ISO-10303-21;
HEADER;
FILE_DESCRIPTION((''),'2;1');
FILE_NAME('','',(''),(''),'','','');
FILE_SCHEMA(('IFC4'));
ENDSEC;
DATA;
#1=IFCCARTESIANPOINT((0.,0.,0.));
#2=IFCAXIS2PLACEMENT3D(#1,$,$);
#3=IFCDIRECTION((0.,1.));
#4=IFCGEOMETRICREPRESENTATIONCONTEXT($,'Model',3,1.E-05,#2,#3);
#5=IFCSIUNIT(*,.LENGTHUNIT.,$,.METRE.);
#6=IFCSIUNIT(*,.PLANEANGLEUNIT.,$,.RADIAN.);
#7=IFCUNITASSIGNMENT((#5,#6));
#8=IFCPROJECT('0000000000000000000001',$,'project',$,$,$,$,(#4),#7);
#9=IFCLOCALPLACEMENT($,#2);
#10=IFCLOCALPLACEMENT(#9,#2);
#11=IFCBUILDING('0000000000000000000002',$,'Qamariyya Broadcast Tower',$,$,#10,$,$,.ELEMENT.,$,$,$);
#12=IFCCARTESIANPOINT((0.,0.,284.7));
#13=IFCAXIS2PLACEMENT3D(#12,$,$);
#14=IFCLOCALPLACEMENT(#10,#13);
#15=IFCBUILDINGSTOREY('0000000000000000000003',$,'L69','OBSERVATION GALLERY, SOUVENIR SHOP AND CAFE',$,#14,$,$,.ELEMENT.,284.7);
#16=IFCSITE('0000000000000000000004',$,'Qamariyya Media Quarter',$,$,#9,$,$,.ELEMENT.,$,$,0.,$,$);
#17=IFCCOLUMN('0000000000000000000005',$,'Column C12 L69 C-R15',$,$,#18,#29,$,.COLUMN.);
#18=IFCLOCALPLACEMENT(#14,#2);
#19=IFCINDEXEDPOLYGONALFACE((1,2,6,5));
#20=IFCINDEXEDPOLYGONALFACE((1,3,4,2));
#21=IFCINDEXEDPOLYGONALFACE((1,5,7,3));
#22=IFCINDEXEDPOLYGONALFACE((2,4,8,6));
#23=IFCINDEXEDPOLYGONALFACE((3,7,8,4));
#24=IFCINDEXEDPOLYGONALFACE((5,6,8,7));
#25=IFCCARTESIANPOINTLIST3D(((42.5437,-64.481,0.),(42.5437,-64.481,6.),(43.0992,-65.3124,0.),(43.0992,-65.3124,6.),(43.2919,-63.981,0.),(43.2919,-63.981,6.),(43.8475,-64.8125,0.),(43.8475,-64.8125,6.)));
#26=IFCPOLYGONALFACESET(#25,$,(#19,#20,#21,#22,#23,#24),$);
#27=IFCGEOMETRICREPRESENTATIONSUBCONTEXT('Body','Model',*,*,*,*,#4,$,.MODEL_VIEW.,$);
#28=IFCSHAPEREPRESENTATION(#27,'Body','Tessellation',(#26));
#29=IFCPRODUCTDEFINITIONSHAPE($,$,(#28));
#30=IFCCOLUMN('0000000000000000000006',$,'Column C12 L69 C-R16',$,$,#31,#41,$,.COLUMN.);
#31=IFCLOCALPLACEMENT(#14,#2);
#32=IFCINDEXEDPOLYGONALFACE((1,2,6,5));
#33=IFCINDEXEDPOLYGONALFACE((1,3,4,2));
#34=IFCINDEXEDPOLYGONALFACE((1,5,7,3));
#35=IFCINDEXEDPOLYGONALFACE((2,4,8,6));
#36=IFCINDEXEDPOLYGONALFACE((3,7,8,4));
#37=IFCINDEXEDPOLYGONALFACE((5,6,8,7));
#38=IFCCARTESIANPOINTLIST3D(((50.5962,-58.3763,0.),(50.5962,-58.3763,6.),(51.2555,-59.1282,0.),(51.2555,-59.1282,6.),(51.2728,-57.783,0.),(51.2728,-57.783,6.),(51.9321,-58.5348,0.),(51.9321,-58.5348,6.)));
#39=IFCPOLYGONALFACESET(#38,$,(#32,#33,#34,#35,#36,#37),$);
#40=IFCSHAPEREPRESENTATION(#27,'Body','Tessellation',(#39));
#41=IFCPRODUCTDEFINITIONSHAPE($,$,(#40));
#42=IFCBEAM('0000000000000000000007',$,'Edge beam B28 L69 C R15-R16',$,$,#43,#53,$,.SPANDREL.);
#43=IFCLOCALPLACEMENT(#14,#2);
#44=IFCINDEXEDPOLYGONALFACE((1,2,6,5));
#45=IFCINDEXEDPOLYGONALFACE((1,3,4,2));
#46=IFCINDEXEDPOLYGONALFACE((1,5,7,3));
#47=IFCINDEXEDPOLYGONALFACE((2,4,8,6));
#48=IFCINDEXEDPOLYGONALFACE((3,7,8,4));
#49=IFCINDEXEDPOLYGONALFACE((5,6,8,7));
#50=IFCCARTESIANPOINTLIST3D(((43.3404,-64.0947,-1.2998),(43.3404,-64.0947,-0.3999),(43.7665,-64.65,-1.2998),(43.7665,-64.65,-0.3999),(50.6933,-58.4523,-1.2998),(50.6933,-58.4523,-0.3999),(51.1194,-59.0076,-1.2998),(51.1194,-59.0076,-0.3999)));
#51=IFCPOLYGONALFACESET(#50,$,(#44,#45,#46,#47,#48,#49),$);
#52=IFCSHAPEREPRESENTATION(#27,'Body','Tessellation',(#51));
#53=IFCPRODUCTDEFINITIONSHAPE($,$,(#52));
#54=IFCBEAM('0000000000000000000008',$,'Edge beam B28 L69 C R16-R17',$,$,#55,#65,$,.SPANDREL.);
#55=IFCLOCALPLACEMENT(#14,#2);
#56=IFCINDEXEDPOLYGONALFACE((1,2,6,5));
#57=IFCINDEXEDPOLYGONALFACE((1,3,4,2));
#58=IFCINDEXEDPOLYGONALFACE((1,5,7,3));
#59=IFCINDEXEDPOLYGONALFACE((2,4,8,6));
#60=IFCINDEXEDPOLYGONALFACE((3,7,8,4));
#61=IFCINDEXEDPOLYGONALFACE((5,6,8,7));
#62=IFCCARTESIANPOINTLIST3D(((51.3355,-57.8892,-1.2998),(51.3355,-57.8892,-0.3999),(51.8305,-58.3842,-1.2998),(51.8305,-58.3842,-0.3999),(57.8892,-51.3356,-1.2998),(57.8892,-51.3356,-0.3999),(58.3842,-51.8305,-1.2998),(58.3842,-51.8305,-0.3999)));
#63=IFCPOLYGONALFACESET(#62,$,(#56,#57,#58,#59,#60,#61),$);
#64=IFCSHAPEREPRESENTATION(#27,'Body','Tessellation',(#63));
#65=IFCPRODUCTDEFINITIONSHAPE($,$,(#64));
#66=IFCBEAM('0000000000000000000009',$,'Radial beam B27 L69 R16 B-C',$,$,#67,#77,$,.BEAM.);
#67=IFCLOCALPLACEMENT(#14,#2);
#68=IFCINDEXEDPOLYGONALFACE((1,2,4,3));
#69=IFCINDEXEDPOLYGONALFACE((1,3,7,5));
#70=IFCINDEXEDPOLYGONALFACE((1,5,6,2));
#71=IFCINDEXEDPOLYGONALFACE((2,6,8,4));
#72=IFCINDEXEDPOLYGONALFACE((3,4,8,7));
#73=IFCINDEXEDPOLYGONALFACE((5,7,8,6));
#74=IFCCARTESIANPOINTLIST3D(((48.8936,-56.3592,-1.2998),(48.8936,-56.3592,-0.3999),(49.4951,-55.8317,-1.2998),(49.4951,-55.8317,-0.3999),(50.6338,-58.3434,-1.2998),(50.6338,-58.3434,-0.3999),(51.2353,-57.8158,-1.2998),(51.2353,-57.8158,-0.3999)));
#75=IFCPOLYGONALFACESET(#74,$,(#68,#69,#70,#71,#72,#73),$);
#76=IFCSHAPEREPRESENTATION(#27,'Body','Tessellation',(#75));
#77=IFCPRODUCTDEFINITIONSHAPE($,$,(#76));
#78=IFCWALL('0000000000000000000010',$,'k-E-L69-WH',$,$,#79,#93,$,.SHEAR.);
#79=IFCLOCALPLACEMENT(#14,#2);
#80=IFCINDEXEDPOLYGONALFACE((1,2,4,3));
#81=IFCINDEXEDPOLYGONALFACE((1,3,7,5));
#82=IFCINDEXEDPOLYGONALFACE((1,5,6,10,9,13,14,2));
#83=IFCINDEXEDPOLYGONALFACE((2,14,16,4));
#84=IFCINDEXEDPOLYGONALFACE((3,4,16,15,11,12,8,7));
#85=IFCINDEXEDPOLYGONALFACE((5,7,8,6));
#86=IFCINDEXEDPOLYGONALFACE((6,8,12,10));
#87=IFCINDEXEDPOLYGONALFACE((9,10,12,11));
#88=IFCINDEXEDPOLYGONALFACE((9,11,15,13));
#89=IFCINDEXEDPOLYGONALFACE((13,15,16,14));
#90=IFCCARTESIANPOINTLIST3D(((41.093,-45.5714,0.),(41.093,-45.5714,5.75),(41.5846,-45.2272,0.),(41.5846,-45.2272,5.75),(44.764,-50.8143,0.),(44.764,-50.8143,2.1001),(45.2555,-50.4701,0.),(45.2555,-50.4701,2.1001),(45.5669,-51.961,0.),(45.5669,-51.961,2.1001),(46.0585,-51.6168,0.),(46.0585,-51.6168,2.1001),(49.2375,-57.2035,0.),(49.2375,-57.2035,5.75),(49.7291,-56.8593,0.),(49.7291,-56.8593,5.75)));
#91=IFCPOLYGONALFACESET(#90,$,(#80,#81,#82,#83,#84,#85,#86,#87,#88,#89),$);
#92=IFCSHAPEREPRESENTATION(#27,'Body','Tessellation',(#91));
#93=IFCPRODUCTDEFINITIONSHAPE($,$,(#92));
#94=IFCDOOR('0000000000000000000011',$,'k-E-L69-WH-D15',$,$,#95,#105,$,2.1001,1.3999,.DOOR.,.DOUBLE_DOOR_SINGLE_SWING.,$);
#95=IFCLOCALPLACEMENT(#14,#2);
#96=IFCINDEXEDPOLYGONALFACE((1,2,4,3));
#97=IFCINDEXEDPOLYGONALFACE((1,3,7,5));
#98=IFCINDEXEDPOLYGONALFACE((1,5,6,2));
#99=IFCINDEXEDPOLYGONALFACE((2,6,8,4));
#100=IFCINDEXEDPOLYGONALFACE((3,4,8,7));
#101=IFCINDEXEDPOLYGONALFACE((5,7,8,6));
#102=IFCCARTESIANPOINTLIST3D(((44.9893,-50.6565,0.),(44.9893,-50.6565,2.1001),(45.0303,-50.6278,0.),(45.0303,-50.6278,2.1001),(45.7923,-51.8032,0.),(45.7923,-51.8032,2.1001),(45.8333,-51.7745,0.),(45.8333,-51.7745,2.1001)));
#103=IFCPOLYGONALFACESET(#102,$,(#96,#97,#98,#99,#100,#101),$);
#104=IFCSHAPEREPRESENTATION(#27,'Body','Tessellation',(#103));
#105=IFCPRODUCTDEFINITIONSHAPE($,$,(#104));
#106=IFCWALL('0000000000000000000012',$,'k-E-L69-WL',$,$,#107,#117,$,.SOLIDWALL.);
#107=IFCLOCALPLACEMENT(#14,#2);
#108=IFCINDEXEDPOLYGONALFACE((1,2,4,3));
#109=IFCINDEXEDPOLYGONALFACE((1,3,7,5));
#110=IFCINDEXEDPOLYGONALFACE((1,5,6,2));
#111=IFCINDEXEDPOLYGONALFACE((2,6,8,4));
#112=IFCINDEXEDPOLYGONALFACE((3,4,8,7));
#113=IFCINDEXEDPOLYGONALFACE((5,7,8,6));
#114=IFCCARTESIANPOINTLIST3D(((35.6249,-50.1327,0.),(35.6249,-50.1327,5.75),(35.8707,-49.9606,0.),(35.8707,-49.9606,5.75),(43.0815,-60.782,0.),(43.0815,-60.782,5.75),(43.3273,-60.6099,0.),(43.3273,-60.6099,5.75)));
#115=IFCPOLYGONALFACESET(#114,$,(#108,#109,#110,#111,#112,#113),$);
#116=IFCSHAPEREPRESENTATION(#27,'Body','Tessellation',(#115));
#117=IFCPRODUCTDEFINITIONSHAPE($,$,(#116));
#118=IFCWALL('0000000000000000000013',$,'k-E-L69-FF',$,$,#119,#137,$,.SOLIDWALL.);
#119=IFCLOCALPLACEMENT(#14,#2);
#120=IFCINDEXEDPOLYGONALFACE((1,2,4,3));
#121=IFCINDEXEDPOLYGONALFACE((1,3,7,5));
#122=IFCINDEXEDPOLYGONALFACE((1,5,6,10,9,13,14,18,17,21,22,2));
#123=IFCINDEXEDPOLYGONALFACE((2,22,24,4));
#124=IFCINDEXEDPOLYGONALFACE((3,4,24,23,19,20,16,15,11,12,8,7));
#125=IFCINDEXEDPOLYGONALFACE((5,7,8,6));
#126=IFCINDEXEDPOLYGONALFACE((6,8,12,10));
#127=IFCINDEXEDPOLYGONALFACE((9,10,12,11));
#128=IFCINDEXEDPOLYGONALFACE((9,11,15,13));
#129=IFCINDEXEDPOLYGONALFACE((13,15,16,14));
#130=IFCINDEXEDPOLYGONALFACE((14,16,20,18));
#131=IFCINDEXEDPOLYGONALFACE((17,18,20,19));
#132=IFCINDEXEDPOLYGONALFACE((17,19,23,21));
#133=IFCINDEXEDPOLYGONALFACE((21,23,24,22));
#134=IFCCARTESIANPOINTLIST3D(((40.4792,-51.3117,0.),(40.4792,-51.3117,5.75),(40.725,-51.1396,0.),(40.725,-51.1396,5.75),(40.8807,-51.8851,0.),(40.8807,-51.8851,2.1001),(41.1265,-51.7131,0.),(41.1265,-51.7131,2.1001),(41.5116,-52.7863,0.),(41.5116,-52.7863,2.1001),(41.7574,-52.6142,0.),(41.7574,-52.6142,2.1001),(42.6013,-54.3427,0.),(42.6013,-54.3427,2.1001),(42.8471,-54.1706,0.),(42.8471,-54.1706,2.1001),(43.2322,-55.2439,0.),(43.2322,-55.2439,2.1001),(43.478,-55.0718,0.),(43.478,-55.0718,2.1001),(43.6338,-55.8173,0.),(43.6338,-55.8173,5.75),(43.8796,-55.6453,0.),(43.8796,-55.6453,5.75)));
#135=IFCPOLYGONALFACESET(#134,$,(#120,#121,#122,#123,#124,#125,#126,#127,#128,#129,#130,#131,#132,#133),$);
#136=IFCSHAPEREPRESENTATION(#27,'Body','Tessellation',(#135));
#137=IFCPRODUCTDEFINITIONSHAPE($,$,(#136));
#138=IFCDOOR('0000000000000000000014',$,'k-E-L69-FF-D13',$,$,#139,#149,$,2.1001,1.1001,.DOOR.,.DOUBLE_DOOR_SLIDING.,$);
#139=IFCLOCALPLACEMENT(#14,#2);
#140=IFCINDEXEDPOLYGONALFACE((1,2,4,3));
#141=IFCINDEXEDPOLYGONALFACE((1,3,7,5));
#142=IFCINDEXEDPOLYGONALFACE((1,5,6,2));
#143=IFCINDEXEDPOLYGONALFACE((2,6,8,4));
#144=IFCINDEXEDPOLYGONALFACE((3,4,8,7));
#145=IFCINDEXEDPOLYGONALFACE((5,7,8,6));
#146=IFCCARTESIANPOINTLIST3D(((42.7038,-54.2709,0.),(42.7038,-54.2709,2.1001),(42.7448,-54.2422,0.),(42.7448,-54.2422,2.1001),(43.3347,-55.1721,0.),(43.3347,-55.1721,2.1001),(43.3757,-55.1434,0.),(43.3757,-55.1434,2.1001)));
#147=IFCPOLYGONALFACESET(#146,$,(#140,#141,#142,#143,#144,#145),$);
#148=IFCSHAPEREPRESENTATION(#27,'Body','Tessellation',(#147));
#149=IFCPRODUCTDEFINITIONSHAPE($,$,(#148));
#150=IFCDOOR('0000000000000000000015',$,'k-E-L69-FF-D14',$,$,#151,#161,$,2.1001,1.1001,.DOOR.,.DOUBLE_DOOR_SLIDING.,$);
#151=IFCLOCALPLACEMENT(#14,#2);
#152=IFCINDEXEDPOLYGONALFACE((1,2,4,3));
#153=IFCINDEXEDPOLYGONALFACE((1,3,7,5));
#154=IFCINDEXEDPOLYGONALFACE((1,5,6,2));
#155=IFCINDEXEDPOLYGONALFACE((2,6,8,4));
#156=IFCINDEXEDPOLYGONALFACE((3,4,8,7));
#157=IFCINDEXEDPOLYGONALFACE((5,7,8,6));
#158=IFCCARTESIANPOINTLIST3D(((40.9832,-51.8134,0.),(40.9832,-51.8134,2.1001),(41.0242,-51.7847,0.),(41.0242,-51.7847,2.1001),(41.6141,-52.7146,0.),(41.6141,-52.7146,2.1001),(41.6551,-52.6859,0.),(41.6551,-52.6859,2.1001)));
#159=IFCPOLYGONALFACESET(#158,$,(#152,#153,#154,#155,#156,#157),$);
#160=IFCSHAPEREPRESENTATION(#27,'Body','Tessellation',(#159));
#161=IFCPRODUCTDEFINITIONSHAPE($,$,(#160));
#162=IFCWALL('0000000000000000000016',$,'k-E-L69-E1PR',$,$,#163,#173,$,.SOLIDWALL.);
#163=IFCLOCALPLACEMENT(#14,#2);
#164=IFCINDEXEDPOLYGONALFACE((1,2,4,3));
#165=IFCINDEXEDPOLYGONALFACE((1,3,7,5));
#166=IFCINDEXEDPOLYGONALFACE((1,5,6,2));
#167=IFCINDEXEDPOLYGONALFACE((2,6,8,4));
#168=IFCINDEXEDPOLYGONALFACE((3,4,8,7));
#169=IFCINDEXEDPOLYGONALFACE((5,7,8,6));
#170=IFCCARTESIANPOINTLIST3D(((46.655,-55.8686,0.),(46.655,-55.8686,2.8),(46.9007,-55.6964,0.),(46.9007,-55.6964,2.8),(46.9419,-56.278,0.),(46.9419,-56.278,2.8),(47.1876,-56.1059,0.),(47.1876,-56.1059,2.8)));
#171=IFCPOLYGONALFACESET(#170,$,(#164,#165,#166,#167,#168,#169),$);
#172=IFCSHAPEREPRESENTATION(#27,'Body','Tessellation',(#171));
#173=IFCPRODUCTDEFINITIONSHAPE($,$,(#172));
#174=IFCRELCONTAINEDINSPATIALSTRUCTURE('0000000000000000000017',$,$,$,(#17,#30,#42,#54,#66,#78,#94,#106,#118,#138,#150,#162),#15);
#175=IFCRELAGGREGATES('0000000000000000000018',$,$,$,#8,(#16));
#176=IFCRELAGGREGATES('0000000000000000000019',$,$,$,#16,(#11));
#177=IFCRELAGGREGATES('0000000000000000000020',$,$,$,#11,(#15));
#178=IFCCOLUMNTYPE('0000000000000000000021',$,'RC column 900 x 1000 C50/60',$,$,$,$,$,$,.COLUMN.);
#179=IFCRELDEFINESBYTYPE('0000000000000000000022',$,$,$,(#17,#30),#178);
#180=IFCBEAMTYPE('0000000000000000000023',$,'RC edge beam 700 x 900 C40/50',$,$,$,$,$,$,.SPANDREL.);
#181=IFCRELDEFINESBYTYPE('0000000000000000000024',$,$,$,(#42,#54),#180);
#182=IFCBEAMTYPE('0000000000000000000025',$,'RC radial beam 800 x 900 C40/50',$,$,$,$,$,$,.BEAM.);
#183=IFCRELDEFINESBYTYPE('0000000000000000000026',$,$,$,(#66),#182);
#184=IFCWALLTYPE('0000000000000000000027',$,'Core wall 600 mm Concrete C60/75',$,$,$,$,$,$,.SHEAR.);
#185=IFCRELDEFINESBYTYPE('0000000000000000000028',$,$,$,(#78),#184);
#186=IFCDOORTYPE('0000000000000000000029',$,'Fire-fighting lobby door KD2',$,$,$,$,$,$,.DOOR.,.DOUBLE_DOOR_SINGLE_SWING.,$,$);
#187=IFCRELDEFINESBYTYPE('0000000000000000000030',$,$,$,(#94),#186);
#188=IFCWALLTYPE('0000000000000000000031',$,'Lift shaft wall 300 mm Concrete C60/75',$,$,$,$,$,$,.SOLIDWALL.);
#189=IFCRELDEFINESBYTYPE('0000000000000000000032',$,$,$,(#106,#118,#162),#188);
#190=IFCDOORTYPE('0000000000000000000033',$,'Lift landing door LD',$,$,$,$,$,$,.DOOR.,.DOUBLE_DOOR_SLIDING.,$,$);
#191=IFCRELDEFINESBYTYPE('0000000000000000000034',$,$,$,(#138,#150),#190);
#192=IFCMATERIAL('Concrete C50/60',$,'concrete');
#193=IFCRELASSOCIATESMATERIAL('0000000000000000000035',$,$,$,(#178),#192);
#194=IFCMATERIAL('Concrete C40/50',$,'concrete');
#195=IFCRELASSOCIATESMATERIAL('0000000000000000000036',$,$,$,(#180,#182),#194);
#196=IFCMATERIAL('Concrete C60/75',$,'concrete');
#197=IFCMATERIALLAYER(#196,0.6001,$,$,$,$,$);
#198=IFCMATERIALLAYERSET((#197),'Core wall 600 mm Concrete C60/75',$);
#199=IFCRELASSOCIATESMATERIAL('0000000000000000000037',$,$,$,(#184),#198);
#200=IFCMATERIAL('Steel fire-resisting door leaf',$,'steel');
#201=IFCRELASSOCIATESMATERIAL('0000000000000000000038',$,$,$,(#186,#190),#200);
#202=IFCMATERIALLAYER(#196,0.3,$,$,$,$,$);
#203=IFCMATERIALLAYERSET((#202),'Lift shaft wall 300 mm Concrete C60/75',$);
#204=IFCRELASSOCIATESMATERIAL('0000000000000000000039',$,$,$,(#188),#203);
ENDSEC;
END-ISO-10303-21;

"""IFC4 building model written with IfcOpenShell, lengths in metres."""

from ifc_helpers import new_model, si_unit, direction, frame, frame_2d, origin, origin_2d, place, context, subcontext, project, spatial, rectangle, extrude, material, layer, layer_set, material_profile, profile_set, type_object, element, fill, save


model = new_model("IFC4")

# Units and contexts
model_context = context("Model", 3, precision=1e-05, world=origin(), true_north=direction((0.0, 1.0)))
body_context = subcontext(model_context, "Body", "Model", "MODEL_VIEW")
ifc_project = project(units=[si_unit("LENGTHUNIT", "METRE"), si_unit("PLANEANGLEUNIT", "RADIAN")], contexts=[model_context])

# Site, building, storey
site_placement = place(None, origin())
site = spatial("IfcSite", under=ifc_project, at=site_placement, Name="Qamariyya Media Quarter", CompositionType="ELEMENT", RefElevation=0.0)
building_placement = place(site_placement, origin())
building = spatial("IfcBuilding", under=site, at=building_placement, Name="Qamariyya Broadcast Tower", CompositionType="ELEMENT")
storey_placement = place(building_placement, frame((0.0, 0.0, 284.7)))
storey = spatial("IfcBuildingStorey", under=building, at=storey_placement, Name="L69", Description="OBSERVATION GALLERY, SOUVENIR SHOP AND CAFE", CompositionType="ELEMENT", Elevation=284.7)

# Columns
ifc_material_1 = material(Name="Concrete C50/60", Category="concrete")
ifc_material_profile_1 = material_profile(ifc_material_1, rectangle(XDim=0.8999, YDim=1.0, at=origin_2d()))
ifc_profile_set_1 = profile_set([ifc_material_profile_1], Name="Concrete C50/60")
column_type = type_object("IfcColumnType", Name="RC column 900 x 1000 C50/60", PredefinedType="COLUMN", material=ifc_profile_set_1)
for number, where, z_axis, x_axis, name in (
    (1, (43.1956, -64.6467, 0.0), (0.0, 0.0, 1.0), (0.83147, 0.55557, 0.0), "Column C12 L69 C-R15"),
    (2, (51.2642, -58.4556, 0.0), (0.0, 0.0, 1.0), (0.75184, 0.659346, 0.0), "Column C12 L69 C-R16"),
):
    element("IfcColumn", number, at=place(storey_placement, frame(where, z_axis=z_axis, x_axis=x_axis)), inside=storey, type_object=column_type, Name=name, PredefinedType="COLUMN", context=body_context, shape_type="SweptSolid", body=[
        extrude(rectangle(XDim=0.8999, YDim=1.0, at=origin_2d()), origin(), (0.0, 0.0, 1.0), 6.0),
    ])

# Beams
ifc_material_2 = material(Name="Concrete C40/50", Category="concrete")
ifc_material_profile_2 = material_profile(ifc_material_2, rectangle(XDim=0.7, YDim=0.8999, at=origin_2d()))
ifc_profile_set_2 = profile_set([ifc_material_profile_2], Name="Concrete C40/50")
beam_type_1 = type_object("IfcBeamType", Name="RC edge beam 700 x 900 C40/50", PredefinedType="SPANDREL", material=ifc_profile_set_2)
for number, where, z_axis, x_axis, name in (
    (3, (43.5535, -64.3723, -0.8499), (0.793335, 0.608785, 0.0), (-0.608785, 0.793335, 0.0), "Edge beam B28 L69 C R15-R16"),
    (4, (51.583, -58.1367, -0.8499), (0.707107, 0.707107, 0.0), (-0.707107, 0.707107, 0.0), "Edge beam B28 L69 C R16-R17"),
):
    element("IfcBeam", number, at=place(storey_placement, frame(where, z_axis=z_axis, x_axis=x_axis)), inside=storey, type_object=beam_type_1, Name=name, PredefinedType="SPANDREL", context=body_context, shape_type="SweptSolid", body=[
        extrude(rectangle(XDim=0.7, YDim=0.8999, at=origin_2d()), origin(), (0.0, 0.0, 1.0), 9.2683),
    ])
ifc_material_profile_3 = material_profile(ifc_material_2, rectangle(XDim=0.8, YDim=0.8999, at=origin_2d()))
ifc_profile_set_3 = profile_set([ifc_material_profile_3], Name="Concrete C40/50")
beam_type_2 = type_object("IfcBeamType", Name="RC radial beam 800 x 900 C40/50", PredefinedType="BEAM", material=ifc_profile_set_3)
beam_placement = place(storey_placement, frame((49.1943, -56.0955, -0.8499), z_axis=(0.659388, -0.751803, 0.0), x_axis=(0.751803, 0.659388, 0.0)))
element("IfcBeam", 5, at=beam_placement, inside=storey, type_object=beam_type_2, Name="Radial beam B27 L69 R16 B-C", PredefinedType="BEAM", context=body_context, shape_type="SweptSolid", body=[
    extrude(rectangle(XDim=0.8, YDim=0.8999, at=origin_2d()), origin(), (0.0, 0.0, 1.0), 2.6392),
])

# Wall, opening, door
ifc_material_3 = material(Name="Concrete C60/75", Category="concrete")
ifc_layer_1 = layer(ifc_material_3, 0.6001)
ifc_layer_set_1 = layer_set([ifc_layer_1], Name="Core wall 600 mm Concrete C60/75")
wall_type_1 = type_object("IfcWallType", Name="Core wall 600 mm Concrete C60/75", PredefinedType="SHEAR", material=ifc_layer_set_1)
wall_1_placement = place(storey_placement, frame((49.4834, -57.0315, 0.0), z_axis=(0.0, 0.0, 1.0), x_axis=(-0.57356, 0.819163, 0.0)))
wall_1 = element("IfcWall", 6, at=wall_1_placement, inside=storey, type_object=wall_type_1, Name="k-E-L69-WH", PredefinedType="SHEAR", context=body_context, shape_type="SweptSolid", body=[
    extrude(rectangle(XDim=14.2, YDim=0.6001, at=frame_2d((7.1001, 0.0))), origin(), (0.0, 0.0, 1.0), 5.75),
])
opening_1_placement = place(wall_1_placement, frame((6.3999, 0.0, 0.0)))
opening_1 = element("IfcOpeningElement", 7, at=opening_1_placement, cuts=wall_1, PredefinedType="OPENING", context=body_context, shape_type="SweptSolid", body=[
    extrude(rectangle(XDim=1.3999, YDim=2.1001, at=frame_2d((0.7, 1.05))), frame((0.0, 0.3101, 0.0), z_axis=(0.0, -1.0, 0.0), x_axis=(1.0, 0.0, 0.0)), (0.0, 0.0, 1.0), 0.6201),
])
ifc_material_4 = material(Name="Steel fire-resisting door leaf", Category="steel")
door_type_1 = type_object("IfcDoorType", Name="Fire-fighting lobby door KD2", OperationType="DOUBLE_DOOR_SINGLE_SWING", PredefinedType="DOOR", material=ifc_material_4)
door_1_placement = place(opening_1_placement, origin())
door_1 = element("IfcDoor", 8, at=door_1_placement, inside=storey, type_object=door_type_1, Name="k-E-L69-WH-D15", OperationType="DOUBLE_DOOR_SINGLE_SWING", OverallHeight=2.1001, OverallWidth=1.3999, PredefinedType="DOOR", context=body_context, shape_type="SweptSolid", body=[
    extrude(rectangle(XDim=1.3999, YDim=2.1001, at=frame_2d((0.7, 1.05))), frame((0.0, 0.0249, 0.0), z_axis=(0.0, -1.0, 0.0), x_axis=(1.0, 0.0, 0.0)), (0.0, 0.0, 1.0), 0.05),
])
fill(opening_1, door_1)

# Wall
ifc_layer_2 = layer(ifc_material_3, 0.3)
ifc_layer_set_2 = layer_set([ifc_layer_2], Name="Lift shaft wall 300 mm Concrete C60/75")
wall_type_2 = type_object("IfcWallType", Name="Lift shaft wall 300 mm Concrete C60/75", PredefinedType="SOLIDWALL", material=ifc_layer_set_2)
wall_2_placement = place(storey_placement, frame((43.2043, -60.6958, 0.0), z_axis=(0.0, 0.0, 1.0), x_axis=(-0.573572, 0.819155, 0.0)))
element("IfcWall", 9, at=wall_2_placement, inside=storey, type_object=wall_type_2, Name="k-E-L69-WL", PredefinedType="SOLIDWALL", context=body_context, shape_type="SweptSolid", body=[
    extrude(rectangle(XDim=13.0002, YDim=0.3, at=frame_2d((6.5, 0.0))), origin(), (0.0, 0.0, 1.0), 5.75),
])

# Wall, openings, doors
wall_3_placement = place(storey_placement, frame((43.7566, -55.7312, 0.0), z_axis=(0.0, 0.0, 1.0), x_axis=(-0.573537, 0.81918, 0.0)))
wall_3 = element("IfcWall", 10, at=wall_3_placement, inside=storey, type_object=wall_type_2, Name="k-E-L69-FF", PredefinedType="SOLIDWALL", context=body_context, shape_type="SweptSolid", body=[
    extrude(rectangle(XDim=5.5002, YDim=0.3, at=frame_2d((2.75, 0.0))), origin(), (0.0, 0.0, 1.0), 5.75),
])
opening_2_placement = place(wall_3_placement, frame((0.7, 0.0, 0.0)))
opening_2 = element("IfcOpeningElement", 11, at=opening_2_placement, cuts=wall_3, PredefinedType="OPENING", context=body_context, shape_type="SweptSolid", body=[
    extrude(rectangle(XDim=1.1001, YDim=2.1001, at=frame_2d((0.55, 1.05))), frame((0.0, 0.1599, 0.0), z_axis=(0.0, -1.0, 0.0), x_axis=(1.0, 0.0, 0.0)), (0.0, 0.0, 1.0), 0.3201),
])
opening_3_placement = place(wall_3_placement, frame((3.7, 0.0, 0.0)))
opening_3 = element("IfcOpeningElement", 12, at=opening_3_placement, cuts=wall_3, PredefinedType="OPENING", context=body_context, shape_type="SweptSolid", body=[
    extrude(rectangle(XDim=1.1001, YDim=2.1001, at=frame_2d((0.55, 1.05))), frame((0.0, 0.1599, 0.0), z_axis=(0.0, -1.0, 0.0), x_axis=(1.0, 0.0, 0.0)), (0.0, 0.0, 1.0), 0.3201),
])
door_type_2 = type_object("IfcDoorType", Name="Lift landing door LD", OperationType="DOUBLE_DOOR_SLIDING", PredefinedType="DOOR", material=ifc_material_4)
door_2_placement = place(opening_2_placement, origin())
door_2 = element("IfcDoor", 13, at=door_2_placement, inside=storey, type_object=door_type_2, Name="k-E-L69-FF-D13", OperationType="DOUBLE_DOOR_SLIDING", OverallHeight=2.1001, OverallWidth=1.1001, PredefinedType="DOOR", context=body_context, shape_type="SweptSolid", body=[
    extrude(rectangle(XDim=1.1001, YDim=2.1001, at=frame_2d((0.55, 1.05))), frame((0.0, 0.0249, 0.0), z_axis=(0.0, -1.0, 0.0), x_axis=(1.0, 0.0, 0.0)), (0.0, 0.0, 1.0), 0.05),
])
fill(opening_2, door_2)
door_3_placement = place(opening_3_placement, origin())
door_3 = element("IfcDoor", 14, at=door_3_placement, inside=storey, type_object=door_type_2, Name="k-E-L69-FF-D14", OperationType="DOUBLE_DOOR_SLIDING", OverallHeight=2.1001, OverallWidth=1.1001, PredefinedType="DOOR", context=body_context, shape_type="SweptSolid", body=[
    extrude(rectangle(XDim=1.1001, YDim=2.1001, at=frame_2d((0.55, 1.05))), frame((0.0, 0.0249, 0.0), z_axis=(0.0, -1.0, 0.0), x_axis=(1.0, 0.0, 0.0)), (0.0, 0.0, 1.0), 0.05),
])
fill(opening_3, door_3)

# Wall
wall_4_placement = place(storey_placement, frame((46.7778, -55.7825, 0.0), z_axis=(0.0, 0.0, 1.0), x_axis=(0.573823, -0.818979, 0.0)))
element("IfcWall", 15, at=wall_4_placement, inside=storey, type_object=wall_type_2, Name="k-E-L69-E1PR", PredefinedType="SOLIDWALL", context=body_context, shape_type="SweptSolid", body=[
    extrude(rectangle(XDim=0.5, YDim=0.3, at=frame_2d((0.25, 0.0))), origin(), (0.0, 0.0, 1.0), 2.8),
])

save(model, "model.ifc")
